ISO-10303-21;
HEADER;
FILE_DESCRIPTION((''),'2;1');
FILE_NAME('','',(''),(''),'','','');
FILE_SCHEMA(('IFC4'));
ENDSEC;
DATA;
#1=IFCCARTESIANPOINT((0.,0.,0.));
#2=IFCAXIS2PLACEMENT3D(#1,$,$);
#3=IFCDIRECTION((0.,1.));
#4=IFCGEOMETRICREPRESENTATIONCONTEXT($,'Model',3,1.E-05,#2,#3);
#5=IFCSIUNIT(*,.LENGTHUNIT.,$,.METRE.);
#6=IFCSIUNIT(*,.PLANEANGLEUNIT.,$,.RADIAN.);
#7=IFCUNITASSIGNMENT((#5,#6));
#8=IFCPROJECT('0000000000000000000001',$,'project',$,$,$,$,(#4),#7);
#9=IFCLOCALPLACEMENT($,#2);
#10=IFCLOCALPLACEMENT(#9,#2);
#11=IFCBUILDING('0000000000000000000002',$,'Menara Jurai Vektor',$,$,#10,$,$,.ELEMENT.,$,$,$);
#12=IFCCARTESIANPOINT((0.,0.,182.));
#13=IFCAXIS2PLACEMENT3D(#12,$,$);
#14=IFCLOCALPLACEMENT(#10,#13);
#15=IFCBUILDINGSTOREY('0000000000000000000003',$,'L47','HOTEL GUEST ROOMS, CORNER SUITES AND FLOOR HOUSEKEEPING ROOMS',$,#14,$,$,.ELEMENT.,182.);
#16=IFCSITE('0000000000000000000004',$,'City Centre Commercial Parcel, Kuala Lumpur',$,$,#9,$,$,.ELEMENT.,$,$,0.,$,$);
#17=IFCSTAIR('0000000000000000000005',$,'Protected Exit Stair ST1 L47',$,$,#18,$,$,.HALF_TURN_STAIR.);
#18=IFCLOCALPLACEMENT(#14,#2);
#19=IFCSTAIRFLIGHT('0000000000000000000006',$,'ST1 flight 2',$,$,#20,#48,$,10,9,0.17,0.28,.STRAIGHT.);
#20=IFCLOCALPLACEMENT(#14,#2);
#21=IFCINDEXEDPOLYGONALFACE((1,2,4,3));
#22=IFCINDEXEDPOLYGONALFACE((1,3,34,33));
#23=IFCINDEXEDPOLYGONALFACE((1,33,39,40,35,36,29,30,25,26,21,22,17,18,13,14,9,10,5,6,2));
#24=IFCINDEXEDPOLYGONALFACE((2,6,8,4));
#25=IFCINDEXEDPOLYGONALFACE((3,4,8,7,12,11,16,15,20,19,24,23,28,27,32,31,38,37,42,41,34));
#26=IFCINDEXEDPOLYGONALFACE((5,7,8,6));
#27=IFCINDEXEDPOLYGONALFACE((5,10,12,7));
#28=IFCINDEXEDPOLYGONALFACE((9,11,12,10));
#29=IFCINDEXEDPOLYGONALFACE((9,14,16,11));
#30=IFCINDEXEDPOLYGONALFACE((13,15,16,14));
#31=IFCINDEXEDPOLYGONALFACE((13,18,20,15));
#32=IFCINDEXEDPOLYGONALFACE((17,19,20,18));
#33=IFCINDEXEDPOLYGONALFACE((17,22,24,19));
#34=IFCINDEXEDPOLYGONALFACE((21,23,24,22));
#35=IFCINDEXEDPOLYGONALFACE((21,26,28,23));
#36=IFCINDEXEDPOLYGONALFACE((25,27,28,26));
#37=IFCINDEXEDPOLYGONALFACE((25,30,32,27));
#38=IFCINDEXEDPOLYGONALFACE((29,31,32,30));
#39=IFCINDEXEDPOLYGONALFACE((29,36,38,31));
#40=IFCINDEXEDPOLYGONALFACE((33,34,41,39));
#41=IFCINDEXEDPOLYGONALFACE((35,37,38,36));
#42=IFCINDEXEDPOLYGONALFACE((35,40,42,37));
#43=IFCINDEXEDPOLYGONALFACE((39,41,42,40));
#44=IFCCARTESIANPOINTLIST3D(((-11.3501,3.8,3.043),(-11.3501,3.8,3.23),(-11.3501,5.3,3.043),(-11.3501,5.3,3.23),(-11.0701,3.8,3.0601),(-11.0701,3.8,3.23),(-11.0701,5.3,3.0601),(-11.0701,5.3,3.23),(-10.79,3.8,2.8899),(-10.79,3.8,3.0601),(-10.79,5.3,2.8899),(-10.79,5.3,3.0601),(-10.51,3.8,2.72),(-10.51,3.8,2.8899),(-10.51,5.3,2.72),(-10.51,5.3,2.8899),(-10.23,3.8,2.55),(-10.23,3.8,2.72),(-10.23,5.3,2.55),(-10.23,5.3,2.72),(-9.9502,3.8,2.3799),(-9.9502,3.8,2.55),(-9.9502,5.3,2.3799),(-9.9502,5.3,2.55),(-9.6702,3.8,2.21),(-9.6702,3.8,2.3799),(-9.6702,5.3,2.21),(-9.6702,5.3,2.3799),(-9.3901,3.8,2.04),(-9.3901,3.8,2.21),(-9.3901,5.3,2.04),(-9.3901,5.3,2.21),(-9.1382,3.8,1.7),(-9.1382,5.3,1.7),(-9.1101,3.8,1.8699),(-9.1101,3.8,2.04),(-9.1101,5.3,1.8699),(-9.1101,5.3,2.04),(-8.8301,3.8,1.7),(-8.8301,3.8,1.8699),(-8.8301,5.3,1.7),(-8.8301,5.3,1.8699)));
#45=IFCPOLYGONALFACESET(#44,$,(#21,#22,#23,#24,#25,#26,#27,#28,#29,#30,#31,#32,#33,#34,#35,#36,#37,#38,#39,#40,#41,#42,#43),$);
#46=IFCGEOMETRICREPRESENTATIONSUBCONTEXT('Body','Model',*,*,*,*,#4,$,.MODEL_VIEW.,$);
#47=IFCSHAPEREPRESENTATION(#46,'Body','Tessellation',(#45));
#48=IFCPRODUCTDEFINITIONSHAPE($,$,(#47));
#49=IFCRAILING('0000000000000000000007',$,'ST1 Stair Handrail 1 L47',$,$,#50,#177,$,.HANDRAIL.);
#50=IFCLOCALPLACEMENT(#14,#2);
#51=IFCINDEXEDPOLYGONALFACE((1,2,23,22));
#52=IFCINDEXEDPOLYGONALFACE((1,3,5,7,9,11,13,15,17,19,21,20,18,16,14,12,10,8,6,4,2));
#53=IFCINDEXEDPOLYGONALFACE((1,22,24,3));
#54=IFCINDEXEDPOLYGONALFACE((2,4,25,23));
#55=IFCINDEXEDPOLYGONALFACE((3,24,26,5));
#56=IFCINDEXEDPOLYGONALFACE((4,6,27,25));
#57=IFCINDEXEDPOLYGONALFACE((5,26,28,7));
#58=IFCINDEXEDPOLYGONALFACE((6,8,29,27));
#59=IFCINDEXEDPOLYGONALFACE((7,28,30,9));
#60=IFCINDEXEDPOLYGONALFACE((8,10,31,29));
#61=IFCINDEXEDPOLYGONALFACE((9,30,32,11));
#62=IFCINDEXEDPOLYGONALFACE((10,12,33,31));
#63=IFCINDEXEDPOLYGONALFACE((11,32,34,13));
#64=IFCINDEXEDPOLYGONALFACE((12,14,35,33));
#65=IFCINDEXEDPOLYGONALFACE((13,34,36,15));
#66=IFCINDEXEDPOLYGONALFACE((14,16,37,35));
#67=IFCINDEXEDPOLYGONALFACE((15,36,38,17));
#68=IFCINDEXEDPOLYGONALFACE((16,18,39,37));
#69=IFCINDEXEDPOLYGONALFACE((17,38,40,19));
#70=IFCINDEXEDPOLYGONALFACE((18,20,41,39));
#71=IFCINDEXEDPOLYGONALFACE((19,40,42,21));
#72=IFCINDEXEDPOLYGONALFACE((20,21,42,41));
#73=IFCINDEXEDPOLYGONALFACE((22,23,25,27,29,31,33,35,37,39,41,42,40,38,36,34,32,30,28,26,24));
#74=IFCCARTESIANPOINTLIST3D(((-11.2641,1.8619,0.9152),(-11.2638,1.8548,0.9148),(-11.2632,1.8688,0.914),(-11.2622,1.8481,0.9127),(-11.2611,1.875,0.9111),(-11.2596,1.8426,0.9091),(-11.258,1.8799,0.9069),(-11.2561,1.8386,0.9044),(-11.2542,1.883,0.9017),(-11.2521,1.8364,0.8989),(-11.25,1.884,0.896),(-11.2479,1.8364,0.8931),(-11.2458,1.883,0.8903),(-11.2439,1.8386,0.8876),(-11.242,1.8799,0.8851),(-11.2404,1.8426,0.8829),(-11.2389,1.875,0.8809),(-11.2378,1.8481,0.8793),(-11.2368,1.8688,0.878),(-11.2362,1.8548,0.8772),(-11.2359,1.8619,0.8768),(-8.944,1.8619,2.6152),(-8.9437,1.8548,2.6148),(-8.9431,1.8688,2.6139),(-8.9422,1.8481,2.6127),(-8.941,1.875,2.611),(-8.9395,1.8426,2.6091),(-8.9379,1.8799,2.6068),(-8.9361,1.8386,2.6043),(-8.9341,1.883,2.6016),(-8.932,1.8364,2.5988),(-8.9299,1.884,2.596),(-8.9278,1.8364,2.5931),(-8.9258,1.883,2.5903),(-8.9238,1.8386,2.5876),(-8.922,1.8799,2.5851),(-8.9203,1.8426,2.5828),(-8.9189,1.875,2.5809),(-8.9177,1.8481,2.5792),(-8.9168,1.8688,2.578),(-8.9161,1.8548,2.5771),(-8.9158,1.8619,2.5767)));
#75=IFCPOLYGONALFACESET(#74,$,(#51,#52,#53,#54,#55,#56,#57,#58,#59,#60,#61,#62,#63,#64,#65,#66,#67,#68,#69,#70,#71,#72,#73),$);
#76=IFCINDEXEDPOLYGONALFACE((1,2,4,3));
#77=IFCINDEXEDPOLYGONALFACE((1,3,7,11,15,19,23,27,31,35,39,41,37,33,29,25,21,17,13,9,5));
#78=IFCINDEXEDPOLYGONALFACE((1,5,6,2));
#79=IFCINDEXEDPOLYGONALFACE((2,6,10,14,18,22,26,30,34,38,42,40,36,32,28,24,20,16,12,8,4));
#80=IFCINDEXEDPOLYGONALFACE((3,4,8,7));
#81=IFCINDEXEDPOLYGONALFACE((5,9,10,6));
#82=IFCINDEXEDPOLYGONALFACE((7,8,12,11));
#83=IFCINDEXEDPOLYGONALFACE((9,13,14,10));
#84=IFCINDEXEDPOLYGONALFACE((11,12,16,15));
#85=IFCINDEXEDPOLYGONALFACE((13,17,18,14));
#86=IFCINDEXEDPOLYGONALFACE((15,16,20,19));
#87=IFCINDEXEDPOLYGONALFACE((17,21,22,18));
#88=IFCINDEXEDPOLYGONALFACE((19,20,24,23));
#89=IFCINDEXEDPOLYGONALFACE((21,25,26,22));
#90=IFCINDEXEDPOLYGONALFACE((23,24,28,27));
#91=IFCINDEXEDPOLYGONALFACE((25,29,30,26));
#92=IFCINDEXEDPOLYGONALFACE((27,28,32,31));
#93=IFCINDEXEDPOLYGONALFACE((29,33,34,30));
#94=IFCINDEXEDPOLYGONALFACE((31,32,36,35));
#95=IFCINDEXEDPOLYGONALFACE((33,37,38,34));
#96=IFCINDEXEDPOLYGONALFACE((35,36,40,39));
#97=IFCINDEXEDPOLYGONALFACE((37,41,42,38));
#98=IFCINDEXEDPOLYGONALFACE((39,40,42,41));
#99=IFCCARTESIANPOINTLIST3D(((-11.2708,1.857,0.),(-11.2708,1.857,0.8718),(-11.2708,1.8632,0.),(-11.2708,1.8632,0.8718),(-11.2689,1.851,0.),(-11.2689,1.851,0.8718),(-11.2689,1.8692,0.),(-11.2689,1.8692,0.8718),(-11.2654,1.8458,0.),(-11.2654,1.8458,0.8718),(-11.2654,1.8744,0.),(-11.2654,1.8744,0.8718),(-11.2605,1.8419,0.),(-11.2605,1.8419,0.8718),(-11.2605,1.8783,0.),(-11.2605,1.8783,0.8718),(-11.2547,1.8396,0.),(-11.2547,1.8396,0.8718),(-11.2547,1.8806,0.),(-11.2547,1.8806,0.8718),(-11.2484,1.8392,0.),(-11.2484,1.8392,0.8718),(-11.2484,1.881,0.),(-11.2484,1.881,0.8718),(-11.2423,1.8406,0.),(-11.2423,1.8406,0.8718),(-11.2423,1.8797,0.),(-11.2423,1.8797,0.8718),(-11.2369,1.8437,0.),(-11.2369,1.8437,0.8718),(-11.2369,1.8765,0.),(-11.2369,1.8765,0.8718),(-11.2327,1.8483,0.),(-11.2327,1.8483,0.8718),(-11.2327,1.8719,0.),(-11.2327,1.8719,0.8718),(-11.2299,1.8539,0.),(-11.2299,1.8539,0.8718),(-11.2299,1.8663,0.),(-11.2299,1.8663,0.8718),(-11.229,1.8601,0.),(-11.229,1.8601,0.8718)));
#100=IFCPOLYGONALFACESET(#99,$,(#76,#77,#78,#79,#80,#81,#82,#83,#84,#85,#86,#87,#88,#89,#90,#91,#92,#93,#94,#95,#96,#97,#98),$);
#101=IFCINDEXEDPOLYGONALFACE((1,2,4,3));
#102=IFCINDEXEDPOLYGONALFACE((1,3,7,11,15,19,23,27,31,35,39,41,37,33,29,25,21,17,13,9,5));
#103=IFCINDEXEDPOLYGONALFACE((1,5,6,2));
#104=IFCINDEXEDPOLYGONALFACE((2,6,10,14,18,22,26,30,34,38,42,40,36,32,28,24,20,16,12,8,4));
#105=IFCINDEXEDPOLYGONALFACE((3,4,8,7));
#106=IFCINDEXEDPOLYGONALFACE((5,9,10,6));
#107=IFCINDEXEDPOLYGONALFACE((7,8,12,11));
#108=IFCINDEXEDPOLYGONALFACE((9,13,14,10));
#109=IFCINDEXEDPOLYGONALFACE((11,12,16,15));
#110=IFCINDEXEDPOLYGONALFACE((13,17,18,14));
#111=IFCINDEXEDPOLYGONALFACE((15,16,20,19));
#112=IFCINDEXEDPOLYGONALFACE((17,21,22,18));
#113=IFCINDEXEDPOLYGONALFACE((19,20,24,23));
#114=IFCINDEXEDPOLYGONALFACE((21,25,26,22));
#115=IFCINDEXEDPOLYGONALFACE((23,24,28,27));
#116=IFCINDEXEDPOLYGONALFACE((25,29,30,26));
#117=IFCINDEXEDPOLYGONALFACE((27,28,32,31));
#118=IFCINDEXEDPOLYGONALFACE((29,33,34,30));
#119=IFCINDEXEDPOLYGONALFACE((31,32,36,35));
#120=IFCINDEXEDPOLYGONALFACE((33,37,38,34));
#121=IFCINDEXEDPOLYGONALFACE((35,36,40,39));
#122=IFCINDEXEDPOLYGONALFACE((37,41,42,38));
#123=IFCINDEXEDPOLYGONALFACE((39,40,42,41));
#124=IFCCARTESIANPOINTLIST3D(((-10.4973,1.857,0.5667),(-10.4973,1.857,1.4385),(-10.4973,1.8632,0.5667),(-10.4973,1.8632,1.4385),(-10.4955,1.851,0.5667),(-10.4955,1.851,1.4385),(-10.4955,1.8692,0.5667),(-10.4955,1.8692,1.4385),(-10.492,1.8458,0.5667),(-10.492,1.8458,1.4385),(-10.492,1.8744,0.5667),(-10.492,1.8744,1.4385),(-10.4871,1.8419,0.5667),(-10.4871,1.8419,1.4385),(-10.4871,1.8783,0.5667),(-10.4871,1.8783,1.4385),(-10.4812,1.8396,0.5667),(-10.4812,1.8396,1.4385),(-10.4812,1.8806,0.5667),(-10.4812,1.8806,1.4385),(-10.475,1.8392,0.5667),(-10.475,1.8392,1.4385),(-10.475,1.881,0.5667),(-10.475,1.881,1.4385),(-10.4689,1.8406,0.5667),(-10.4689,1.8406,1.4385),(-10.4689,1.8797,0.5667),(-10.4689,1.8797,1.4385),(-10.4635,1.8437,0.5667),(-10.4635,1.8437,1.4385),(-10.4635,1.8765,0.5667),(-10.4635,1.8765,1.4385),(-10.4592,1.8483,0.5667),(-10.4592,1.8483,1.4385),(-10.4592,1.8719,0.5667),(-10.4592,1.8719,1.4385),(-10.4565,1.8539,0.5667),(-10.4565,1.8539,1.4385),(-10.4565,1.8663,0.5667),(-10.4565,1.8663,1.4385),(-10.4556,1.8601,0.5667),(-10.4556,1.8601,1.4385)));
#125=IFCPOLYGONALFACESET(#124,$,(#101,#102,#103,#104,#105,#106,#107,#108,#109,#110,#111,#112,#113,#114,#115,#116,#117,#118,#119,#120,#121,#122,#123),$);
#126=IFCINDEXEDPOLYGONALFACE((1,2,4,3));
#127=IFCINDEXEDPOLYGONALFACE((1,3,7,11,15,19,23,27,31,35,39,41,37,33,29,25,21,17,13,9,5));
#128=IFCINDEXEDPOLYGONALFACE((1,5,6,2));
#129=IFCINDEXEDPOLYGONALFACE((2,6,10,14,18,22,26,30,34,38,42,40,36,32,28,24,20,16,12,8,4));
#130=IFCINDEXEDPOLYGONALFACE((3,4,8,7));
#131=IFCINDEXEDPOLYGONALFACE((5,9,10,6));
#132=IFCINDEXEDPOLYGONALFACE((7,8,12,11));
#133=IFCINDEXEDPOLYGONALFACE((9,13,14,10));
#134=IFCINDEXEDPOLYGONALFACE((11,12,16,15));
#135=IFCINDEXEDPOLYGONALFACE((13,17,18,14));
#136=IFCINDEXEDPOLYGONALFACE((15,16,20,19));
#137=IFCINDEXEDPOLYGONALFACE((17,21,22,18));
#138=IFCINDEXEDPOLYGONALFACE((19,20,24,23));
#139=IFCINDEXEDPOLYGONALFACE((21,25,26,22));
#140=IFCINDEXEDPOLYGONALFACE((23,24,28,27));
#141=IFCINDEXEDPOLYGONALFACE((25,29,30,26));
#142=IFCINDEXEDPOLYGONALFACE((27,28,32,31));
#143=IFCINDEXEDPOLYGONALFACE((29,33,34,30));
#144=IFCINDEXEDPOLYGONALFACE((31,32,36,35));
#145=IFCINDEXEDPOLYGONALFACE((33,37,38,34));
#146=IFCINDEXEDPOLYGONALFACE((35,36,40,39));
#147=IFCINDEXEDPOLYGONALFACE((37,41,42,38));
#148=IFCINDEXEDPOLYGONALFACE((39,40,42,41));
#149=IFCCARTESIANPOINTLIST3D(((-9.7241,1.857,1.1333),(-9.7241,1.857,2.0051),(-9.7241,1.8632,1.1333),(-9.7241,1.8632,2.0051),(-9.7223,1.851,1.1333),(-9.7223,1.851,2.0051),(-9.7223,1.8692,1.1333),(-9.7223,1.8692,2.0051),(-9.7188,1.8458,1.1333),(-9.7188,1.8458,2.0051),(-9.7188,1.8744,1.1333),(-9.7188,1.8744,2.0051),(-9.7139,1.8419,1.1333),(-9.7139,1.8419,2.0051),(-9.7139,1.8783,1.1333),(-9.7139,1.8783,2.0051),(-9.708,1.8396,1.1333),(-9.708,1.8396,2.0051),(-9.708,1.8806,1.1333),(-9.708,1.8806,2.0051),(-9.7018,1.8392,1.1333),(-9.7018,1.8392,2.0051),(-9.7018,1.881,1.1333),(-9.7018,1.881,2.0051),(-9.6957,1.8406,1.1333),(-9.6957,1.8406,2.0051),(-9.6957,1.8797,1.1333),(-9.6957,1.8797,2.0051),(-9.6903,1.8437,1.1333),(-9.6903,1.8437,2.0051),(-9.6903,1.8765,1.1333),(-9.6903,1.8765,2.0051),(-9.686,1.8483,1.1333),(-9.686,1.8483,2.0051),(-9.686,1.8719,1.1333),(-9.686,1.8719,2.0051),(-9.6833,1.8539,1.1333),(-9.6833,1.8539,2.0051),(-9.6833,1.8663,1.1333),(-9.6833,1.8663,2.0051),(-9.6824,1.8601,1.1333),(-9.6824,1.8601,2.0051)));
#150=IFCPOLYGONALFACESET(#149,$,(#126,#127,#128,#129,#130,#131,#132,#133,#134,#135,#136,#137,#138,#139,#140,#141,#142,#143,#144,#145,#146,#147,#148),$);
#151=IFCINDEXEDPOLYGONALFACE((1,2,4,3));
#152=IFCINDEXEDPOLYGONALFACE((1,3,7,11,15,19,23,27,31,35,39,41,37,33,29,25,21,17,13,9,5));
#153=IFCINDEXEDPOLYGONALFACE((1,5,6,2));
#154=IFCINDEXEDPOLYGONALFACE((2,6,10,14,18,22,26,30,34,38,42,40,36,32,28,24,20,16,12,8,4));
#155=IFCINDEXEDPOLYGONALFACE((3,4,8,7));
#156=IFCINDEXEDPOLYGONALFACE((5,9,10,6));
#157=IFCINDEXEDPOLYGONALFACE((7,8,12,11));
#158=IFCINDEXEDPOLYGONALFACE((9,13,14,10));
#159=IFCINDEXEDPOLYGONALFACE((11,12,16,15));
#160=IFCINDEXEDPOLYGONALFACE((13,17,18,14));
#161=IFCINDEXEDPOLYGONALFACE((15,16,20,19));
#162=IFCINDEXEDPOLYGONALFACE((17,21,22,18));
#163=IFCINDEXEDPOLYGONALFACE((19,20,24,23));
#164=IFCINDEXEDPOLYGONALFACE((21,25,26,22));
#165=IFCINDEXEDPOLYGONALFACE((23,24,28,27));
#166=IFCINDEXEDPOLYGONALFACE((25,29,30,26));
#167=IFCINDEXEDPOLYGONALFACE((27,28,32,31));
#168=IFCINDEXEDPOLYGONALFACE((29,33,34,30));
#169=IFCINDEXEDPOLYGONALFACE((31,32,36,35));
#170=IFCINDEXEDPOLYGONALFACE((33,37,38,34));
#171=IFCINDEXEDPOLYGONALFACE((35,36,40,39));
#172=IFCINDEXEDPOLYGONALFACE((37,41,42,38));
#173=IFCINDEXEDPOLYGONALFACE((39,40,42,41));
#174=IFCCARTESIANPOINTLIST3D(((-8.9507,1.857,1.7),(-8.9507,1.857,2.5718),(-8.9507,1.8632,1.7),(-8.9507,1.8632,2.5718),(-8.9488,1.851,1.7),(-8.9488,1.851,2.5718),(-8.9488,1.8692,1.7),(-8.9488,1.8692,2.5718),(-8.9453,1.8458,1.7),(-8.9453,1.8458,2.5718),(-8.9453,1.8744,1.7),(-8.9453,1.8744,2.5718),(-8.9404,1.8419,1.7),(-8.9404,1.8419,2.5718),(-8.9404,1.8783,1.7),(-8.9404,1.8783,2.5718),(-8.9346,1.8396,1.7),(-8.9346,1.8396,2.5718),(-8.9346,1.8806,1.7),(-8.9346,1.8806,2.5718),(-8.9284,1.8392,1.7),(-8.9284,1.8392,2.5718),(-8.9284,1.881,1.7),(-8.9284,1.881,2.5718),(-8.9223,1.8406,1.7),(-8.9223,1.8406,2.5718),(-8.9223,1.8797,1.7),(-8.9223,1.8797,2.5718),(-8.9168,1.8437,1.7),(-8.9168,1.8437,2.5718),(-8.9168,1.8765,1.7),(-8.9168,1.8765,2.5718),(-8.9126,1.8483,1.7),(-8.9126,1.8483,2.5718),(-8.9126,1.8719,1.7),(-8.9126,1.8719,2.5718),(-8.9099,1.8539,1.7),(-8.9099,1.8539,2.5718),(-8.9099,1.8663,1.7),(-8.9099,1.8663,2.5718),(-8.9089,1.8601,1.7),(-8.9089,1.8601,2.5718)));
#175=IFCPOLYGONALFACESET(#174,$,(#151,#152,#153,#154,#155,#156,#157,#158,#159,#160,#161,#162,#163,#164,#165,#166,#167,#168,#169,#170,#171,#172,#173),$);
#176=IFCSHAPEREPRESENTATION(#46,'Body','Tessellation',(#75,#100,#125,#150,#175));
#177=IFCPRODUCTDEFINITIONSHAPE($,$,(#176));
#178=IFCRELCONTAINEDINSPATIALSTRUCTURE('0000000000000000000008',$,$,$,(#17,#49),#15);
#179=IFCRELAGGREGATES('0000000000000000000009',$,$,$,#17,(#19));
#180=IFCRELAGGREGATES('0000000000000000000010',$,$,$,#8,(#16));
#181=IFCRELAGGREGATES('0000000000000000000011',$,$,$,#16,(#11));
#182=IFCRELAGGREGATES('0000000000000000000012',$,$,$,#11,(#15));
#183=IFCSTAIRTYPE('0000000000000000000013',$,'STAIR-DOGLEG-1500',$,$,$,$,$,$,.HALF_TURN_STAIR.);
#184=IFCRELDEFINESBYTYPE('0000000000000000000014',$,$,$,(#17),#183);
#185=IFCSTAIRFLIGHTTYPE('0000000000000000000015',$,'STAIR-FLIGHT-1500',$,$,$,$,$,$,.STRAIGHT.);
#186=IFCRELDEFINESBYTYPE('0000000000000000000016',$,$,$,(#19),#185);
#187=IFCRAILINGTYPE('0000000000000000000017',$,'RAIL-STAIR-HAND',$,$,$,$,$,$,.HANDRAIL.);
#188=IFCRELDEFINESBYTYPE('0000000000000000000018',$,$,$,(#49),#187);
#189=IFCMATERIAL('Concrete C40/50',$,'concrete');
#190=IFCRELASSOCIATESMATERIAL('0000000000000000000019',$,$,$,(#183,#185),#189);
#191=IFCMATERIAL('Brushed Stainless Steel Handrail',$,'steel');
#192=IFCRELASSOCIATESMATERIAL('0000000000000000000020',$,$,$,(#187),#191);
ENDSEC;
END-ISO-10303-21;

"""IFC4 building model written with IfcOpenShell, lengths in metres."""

from ifc_helpers import new_model, si_unit, direction, frame, origin, origin_2d, place, context, subcontext, project, spatial, polyline, circle, outline, extrude, material, type_object, element, aggregate, save


model = new_model("IFC4")

# Units and contexts
model_context = context("Model", 3, precision=1e-05, world=origin(), true_north=direction((0.0, 1.0)))
body_context = subcontext(model_context, "Body", "Model", "MODEL_VIEW")
ifc_project = project(units=[si_unit("LENGTHUNIT", "METRE"), si_unit("PLANEANGLEUNIT", "RADIAN")], contexts=[model_context])

# Site, building, storey
site_placement = place(None, origin())
site = spatial("IfcSite", under=ifc_project, at=site_placement, Name="City Centre Commercial Parcel, Kuala Lumpur", CompositionType="ELEMENT", RefElevation=0.0)
building_placement = place(site_placement, origin())
building = spatial("IfcBuilding", under=site, at=building_placement, Name="Menara Jurai Vektor", CompositionType="ELEMENT")
storey_placement = place(building_placement, frame((0.0, 0.0, 182.0)))
storey = spatial("IfcBuildingStorey", under=building, at=storey_placement, Name="L47", Description="HOTEL GUEST ROOMS, CORNER SUITES AND FLOOR HOUSEKEEPING ROOMS", CompositionType="ELEMENT", Elevation=182.0)

# Shared definitions
ifc_material_1 = material(Name="Concrete C40/50", Category="concrete")

# Stair, stair flight
stair_type = type_object("IfcStairType", Name="STAIR-DOGLEG-1500", PredefinedType="HALF_TURN_STAIR", material=ifc_material_1)
stair_placement = place(storey_placement, origin())
stair = element("IfcStair", 1, at=stair_placement, inside=storey, type_object=stair_type, Name="Protected Exit Stair ST1 L47", PredefinedType="HALF_TURN_STAIR")
stair_flight_type = type_object("IfcStairFlightType", Name="STAIR-FLIGHT-1500", PredefinedType="STRAIGHT", material=ifc_material_1)
stair_flight_1_placement = place(storey_placement, frame((-8.8301, 4.55, 1.7), z_axis=(0.0, 0.0, 1.0), x_axis=(-1.0, 0.0, 0.0)))
stair_flight_1 = element("IfcStairFlight", 2, at=stair_flight_1_placement, type_object=stair_flight_type, Name="ST1 flight 2", NumberOfRisers=10, NumberOfTreads=9, PredefinedType="STRAIGHT", RiserHeight=0.17, TreadLength=0.28, context=body_context, shape_type="SweptSolid", body=[
    extrude(outline(polyline([(0.0, 0.0), (0.0, 0.1699), (0.28, 0.1699), (0.28, 0.3401), (0.5601, 0.3401), (0.5601, 0.51), (0.8401, 0.51), (0.8401, 0.6799), (1.1201, 0.6799), (1.1201, 0.8501), (1.3999, 0.8501), (1.3999, 1.02), (1.6799, 1.02), (1.6799, 1.1899), (1.96, 1.1899), (1.96, 1.3601), (2.24, 1.3601), (2.24, 1.53), (2.52, 1.53), (2.52, 1.7), (2.52, 1.343), (0.3081, 0.0), (0.0, 0.0)])), frame((0.0, 0.75, 0.0), z_axis=(0.0, -1.0, 0.0), x_axis=(1.0, 0.0, 0.0)), (0.0, 0.0, 1.0), 1.5),
])
aggregate(stair, [stair_flight_1])

# Railing
ifc_material_2 = material(Name="Brushed Stainless Steel Handrail", Category="steel")
railing_type_1 = type_object("IfcRailingType", Name="RAIL-STAIR-HAND", PredefinedType="HANDRAIL", material=ifc_material_2)
railing_1_placement = place(storey_placement, frame((-11.25, 1.8601, 0.0)))
element("IfcRailing", 3, at=railing_1_placement, inside=storey, type_object=railing_type_1, Name="ST1 Stair Handrail 1 L47", PredefinedType="HANDRAIL", context=body_context, shape_type="SweptSolid", body=[
    extrude(circle(Radius=0.0239, at=origin_2d()), frame((0.0, 0.0, 0.896), z_axis=(0.806642, 0.0, 0.59104), x_axis=(0.0, 1.0, 0.0)), (0.0, 0.0, 1.0), 2.8762),
    extrude(circle(Radius=0.021, at=origin_2d()), origin(), (0.0, 0.0, 1.0), 0.8718),
    extrude(circle(Radius=0.021, at=origin_2d()), frame((0.7734, 0.0, 0.5667)), (0.0, 0.0, 1.0), 0.8718),
    extrude(circle(Radius=0.021, at=origin_2d()), frame((1.5466, 0.0, 1.1333)), (0.0, 0.0, 1.0), 0.8718),
    extrude(circle(Radius=0.021, at=origin_2d()), frame((2.3201, 0.0, 1.7)), (0.0, 0.0, 1.0), 0.8718),
])

save(model, "model.ifc")
